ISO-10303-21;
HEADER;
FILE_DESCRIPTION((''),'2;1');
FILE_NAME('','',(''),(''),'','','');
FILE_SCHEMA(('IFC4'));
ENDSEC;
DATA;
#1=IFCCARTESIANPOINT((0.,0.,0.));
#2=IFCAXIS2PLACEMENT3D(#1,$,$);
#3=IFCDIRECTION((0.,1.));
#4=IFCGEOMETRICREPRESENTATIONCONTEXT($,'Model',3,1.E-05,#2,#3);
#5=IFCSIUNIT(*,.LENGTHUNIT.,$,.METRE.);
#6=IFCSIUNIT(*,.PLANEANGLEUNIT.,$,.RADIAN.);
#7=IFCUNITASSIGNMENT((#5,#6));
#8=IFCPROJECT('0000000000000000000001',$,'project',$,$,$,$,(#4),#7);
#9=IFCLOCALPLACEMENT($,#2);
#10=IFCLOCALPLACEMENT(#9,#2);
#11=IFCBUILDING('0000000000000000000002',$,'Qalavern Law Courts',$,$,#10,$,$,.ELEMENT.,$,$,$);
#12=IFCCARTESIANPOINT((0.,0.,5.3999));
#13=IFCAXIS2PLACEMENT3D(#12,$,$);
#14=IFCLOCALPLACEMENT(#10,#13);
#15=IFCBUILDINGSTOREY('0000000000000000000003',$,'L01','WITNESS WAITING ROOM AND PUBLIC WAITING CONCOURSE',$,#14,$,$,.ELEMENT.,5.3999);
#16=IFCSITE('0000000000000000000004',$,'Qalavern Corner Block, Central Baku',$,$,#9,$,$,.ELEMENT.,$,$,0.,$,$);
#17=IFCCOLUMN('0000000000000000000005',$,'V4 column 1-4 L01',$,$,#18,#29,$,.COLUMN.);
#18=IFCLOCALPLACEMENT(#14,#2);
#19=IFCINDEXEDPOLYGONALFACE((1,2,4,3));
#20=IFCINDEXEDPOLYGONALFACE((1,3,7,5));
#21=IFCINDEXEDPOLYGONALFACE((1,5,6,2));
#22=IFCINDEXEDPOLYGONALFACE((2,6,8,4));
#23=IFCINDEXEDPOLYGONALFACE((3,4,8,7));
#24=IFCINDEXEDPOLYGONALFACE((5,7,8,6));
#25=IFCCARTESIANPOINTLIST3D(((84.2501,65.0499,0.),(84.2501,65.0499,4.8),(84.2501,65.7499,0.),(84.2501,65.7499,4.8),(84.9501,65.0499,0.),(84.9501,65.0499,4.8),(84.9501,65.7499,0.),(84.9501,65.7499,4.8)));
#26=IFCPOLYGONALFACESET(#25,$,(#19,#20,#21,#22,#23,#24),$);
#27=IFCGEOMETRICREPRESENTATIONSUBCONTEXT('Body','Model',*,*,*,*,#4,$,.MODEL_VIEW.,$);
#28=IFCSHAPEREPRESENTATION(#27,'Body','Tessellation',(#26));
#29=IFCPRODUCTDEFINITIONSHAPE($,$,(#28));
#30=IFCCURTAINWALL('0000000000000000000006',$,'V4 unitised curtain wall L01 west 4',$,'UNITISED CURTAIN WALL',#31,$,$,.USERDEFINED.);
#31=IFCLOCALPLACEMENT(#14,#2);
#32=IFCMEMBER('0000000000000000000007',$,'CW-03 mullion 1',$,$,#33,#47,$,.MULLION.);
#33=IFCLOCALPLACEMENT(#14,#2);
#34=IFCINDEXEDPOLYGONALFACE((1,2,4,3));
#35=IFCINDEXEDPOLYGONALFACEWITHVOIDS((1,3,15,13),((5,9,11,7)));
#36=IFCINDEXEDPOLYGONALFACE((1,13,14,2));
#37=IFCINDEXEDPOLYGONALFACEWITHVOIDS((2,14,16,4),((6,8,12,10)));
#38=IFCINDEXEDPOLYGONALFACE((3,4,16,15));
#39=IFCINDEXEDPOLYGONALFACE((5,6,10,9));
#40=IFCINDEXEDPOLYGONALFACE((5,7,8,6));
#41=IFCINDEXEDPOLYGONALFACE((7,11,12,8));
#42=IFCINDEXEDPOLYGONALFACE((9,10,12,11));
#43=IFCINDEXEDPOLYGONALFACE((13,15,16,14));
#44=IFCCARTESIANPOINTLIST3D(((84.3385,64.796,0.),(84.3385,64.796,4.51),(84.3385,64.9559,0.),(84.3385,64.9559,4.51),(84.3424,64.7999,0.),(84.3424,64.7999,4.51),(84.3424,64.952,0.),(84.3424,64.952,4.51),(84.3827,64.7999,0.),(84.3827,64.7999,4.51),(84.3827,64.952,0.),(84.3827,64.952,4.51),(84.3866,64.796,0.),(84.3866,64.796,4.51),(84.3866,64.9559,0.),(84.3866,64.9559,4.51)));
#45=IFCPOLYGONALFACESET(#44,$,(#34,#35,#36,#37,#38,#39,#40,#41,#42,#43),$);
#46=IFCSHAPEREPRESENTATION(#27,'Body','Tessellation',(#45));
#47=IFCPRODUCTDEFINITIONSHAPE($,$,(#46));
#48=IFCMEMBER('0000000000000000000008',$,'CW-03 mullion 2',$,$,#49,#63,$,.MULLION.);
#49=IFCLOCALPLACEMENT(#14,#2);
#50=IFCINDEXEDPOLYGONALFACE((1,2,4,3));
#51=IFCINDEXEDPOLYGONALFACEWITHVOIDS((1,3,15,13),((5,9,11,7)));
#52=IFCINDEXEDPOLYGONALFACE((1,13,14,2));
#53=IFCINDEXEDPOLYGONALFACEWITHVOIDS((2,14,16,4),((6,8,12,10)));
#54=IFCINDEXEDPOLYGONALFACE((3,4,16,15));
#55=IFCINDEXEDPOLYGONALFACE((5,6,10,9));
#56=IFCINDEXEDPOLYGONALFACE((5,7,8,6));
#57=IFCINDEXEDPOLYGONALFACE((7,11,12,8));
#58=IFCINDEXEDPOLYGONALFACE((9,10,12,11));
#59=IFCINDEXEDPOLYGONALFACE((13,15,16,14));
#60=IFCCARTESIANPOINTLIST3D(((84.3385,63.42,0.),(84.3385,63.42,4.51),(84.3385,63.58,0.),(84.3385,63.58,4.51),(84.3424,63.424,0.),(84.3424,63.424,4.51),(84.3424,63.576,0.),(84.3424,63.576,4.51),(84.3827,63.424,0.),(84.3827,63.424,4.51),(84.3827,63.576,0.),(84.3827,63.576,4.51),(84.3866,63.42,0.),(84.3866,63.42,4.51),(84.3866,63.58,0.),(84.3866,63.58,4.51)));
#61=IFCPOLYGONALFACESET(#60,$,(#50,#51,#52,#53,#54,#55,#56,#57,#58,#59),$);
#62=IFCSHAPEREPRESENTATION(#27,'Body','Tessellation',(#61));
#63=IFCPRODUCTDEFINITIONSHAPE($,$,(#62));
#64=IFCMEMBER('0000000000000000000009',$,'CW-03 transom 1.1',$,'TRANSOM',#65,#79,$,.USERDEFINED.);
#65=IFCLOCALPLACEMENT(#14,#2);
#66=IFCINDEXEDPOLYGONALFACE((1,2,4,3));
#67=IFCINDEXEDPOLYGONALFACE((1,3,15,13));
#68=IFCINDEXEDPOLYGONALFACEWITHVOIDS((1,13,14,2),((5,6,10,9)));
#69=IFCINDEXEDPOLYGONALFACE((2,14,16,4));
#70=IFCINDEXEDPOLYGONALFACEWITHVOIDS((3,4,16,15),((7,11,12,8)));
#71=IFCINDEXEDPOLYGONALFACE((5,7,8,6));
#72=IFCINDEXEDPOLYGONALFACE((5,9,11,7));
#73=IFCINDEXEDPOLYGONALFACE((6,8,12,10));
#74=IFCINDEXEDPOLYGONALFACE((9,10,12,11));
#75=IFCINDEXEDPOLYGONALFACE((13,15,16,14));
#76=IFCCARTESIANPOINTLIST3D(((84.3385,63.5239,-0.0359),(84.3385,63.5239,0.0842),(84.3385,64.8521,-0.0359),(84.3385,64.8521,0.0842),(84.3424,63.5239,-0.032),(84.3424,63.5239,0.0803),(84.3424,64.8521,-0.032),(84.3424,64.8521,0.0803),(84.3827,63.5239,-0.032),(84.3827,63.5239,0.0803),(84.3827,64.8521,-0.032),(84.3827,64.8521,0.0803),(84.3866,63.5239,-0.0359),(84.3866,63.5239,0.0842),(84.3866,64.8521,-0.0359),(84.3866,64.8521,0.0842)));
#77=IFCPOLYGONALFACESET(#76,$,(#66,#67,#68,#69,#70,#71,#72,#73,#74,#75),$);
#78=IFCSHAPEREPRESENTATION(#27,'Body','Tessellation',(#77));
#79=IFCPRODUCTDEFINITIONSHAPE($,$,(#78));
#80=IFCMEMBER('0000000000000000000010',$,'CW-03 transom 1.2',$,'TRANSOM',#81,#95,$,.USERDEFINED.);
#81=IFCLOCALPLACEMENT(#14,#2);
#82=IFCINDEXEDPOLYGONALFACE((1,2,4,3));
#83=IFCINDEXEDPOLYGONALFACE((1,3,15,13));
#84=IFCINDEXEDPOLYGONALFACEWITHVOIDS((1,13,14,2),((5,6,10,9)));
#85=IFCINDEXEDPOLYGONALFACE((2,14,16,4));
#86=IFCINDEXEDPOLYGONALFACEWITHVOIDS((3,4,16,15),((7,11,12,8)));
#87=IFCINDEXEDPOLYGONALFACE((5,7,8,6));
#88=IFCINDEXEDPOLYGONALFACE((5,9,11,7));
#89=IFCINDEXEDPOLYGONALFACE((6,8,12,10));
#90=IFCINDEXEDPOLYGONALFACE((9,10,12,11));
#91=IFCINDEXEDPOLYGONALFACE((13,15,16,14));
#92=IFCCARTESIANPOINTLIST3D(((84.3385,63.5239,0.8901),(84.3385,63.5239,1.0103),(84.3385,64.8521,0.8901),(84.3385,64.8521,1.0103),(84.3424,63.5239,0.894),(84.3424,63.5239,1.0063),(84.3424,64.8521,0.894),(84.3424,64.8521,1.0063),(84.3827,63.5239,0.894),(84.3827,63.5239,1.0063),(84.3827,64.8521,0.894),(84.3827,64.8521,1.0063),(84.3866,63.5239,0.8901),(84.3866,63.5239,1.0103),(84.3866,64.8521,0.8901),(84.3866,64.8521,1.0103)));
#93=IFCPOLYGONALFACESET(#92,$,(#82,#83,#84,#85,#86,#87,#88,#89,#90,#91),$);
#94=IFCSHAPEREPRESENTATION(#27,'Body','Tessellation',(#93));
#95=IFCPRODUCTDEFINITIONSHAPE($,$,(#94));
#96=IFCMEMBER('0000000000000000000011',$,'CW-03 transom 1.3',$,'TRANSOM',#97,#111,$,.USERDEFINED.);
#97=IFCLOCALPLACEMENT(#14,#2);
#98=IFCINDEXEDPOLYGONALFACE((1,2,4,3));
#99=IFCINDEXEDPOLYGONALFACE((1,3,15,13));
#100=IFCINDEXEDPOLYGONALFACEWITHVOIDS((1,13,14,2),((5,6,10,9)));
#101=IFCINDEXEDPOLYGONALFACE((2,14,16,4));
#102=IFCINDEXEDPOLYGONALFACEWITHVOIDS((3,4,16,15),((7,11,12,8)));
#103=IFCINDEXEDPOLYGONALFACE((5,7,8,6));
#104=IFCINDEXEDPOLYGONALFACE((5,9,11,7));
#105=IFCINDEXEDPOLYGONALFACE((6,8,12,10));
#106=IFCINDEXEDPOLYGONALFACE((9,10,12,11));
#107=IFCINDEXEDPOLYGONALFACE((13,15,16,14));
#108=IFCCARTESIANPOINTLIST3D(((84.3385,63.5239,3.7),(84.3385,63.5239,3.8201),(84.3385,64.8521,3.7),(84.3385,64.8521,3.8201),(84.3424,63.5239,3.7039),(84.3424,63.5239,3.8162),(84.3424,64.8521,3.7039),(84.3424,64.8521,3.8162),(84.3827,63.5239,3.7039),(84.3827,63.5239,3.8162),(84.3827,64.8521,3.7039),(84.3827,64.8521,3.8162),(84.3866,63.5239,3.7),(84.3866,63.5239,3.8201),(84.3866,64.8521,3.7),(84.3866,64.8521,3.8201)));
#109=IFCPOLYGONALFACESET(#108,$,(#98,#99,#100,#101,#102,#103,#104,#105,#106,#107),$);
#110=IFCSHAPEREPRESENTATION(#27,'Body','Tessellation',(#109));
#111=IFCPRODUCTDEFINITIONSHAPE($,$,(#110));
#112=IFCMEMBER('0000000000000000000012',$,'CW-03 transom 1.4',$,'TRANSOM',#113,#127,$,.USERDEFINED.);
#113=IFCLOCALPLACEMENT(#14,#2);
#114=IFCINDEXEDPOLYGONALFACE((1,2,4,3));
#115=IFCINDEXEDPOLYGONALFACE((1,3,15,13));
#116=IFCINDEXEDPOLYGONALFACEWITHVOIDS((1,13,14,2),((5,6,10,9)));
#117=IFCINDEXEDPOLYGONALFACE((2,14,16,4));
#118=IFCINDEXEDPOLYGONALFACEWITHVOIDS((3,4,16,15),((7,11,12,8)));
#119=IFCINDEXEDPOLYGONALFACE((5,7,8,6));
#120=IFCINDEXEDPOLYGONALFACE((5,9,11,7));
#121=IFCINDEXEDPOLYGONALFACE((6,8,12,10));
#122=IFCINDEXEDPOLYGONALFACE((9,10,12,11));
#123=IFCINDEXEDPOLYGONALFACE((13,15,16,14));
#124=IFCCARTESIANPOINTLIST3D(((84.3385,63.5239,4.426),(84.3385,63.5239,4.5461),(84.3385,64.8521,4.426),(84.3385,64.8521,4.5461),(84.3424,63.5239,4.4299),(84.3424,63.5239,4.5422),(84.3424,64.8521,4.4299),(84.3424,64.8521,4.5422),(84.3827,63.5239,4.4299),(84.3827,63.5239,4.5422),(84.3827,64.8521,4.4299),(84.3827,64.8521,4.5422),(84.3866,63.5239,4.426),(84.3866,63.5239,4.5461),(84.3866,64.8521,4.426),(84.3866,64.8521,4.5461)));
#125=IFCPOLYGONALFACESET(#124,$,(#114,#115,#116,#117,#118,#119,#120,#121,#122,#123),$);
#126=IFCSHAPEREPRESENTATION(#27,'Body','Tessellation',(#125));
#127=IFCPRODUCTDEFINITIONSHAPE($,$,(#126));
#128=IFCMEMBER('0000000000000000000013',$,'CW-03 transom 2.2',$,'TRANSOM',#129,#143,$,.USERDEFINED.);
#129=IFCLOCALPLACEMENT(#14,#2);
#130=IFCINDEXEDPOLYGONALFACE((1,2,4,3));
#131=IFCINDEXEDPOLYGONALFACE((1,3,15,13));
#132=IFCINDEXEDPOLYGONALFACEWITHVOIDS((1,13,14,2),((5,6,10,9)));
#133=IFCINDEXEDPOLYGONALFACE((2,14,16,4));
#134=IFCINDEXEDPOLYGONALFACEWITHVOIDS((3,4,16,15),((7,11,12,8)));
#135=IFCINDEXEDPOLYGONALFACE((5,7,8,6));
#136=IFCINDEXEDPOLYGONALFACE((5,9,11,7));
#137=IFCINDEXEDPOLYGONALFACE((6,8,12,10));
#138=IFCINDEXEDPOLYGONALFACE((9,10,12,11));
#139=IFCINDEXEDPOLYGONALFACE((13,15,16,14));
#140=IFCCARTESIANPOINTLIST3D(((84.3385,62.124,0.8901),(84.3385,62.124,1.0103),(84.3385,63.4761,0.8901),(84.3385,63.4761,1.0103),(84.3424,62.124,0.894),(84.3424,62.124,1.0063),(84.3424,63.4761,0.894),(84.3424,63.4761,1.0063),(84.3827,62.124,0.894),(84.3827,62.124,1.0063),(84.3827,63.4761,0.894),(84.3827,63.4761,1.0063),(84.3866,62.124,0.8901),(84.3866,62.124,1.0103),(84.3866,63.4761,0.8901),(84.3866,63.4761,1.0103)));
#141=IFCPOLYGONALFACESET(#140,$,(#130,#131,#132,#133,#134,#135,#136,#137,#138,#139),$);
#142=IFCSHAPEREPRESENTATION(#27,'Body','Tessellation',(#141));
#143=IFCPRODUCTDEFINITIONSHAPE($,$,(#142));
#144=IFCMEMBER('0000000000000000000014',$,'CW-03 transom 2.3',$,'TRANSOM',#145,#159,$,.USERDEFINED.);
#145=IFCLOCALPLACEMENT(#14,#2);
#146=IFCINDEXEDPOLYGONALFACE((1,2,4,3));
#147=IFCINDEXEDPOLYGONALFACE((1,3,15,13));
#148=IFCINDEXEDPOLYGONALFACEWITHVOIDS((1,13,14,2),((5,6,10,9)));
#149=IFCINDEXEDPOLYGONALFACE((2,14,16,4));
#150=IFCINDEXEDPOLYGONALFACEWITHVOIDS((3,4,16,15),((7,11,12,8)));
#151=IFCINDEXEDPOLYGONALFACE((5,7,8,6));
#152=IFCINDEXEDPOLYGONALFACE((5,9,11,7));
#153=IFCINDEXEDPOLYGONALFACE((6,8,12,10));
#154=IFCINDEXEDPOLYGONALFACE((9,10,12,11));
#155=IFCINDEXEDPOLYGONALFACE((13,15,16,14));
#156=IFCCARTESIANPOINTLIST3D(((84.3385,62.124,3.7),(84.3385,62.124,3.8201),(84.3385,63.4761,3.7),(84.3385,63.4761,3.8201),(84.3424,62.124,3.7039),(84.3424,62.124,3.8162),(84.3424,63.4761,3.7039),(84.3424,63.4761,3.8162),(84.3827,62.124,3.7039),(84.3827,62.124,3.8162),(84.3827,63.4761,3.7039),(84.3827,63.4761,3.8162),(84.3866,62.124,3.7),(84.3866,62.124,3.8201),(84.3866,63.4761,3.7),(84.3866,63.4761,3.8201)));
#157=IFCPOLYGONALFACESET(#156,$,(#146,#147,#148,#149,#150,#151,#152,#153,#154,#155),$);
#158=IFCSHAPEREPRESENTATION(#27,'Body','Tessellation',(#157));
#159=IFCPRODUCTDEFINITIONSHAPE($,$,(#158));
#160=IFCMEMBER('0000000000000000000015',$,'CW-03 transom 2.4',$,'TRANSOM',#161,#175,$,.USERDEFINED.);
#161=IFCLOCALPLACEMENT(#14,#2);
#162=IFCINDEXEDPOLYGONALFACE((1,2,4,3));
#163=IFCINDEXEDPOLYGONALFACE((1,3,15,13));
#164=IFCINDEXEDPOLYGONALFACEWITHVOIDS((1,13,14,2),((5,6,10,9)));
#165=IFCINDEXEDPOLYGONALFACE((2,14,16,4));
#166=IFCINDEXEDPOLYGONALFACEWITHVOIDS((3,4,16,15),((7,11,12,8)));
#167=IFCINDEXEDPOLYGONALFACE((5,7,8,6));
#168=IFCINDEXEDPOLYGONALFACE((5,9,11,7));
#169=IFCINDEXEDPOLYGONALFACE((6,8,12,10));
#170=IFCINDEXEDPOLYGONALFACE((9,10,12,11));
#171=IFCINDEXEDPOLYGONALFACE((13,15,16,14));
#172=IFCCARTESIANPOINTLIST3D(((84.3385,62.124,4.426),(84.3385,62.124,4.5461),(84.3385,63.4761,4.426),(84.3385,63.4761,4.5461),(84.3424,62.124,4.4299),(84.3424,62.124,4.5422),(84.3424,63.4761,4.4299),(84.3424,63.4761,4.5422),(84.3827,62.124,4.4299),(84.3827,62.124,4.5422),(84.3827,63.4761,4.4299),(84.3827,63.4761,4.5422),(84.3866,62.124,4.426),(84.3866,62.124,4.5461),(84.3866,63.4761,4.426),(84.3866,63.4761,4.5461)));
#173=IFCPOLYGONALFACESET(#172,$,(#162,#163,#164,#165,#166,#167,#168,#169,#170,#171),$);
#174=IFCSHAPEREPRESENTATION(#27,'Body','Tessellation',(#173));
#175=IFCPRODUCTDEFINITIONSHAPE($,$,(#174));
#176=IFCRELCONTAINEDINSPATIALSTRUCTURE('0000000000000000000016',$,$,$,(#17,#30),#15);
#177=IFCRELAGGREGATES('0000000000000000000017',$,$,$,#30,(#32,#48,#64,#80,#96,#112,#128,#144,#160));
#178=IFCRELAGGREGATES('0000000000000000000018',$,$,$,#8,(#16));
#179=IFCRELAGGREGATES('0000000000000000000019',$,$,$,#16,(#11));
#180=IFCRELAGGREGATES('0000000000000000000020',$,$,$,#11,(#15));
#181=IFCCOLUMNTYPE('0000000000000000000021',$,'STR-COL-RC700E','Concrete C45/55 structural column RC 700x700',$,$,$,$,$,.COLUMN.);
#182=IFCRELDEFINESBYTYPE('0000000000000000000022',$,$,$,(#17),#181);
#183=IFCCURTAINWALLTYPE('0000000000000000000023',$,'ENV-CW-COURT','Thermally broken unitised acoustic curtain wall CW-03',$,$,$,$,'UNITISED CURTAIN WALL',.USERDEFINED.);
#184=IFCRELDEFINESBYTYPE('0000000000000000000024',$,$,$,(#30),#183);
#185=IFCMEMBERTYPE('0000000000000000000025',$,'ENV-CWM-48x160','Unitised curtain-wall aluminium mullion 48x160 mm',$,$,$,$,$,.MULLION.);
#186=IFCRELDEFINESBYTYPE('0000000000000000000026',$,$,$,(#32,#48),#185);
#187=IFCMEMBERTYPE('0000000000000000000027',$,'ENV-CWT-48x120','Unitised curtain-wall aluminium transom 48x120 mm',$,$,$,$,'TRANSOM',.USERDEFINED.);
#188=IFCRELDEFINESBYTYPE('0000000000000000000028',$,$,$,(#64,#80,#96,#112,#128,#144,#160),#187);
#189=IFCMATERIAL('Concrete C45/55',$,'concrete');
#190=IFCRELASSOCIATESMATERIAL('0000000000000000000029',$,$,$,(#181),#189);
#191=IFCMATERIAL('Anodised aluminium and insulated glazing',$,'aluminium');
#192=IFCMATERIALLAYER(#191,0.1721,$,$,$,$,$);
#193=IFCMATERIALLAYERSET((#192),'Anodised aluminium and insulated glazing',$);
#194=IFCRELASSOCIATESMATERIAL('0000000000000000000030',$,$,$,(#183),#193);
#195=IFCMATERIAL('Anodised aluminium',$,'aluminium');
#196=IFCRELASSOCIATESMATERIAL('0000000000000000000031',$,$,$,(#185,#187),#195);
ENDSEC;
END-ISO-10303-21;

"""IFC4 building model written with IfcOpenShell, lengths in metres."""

from ifc_helpers import new_model, si_unit, direction, frame, origin, origin_2d, place, context, subcontext, project, spatial, rectangle, hollow_rectangle, extrude, material, layer, layer_set, material_profile, profile_set, type_object, element, aggregate, save


model = new_model("IFC4")

# Units and contexts
model_context = context("Model", 3, precision=1e-05, world=origin(), true_north=direction((0.0, 1.0)))
body_context = subcontext(model_context, "Body", "Model", "MODEL_VIEW")
ifc_project = project(units=[si_unit("LENGTHUNIT", "METRE"), si_unit("PLANEANGLEUNIT", "RADIAN")], contexts=[model_context])

# Site, building, storey
site_placement = place(None, origin())
site = spatial("IfcSite", under=ifc_project, at=site_placement, Name="Qalavern Corner Block, Central Baku", CompositionType="ELEMENT", RefElevation=0.0)
building_placement = place(site_placement, origin())
building = spatial("IfcBuilding", under=site, at=building_placement, Name="Qalavern Law Courts", CompositionType="ELEMENT")
storey_placement = place(building_placement, frame((0.0, 0.0, 5.3999)))
storey = spatial("IfcBuildingStorey", under=building, at=storey_placement, Name="L01", Description="WITNESS WAITING ROOM AND PUBLIC WAITING CONCOURSE", CompositionType="ELEMENT", Elevation=5.3999)

# Column
ifc_material_1 = material(Name="Concrete C45/55", Category="concrete")
ifc_material_profile_1 = material_profile(ifc_material_1, rectangle(XDim=0.7, YDim=0.7, at=origin_2d()), Name="RC 700x700")
ifc_profile_set_1 = profile_set([ifc_material_profile_1], Name="Concrete C45/55")
column_type = type_object("IfcColumnType", Name="STR-COL-RC700E", Description="Concrete C45/55 structural column RC 700x700", PredefinedType="COLUMN", material=ifc_profile_set_1)
column_placement = place(storey_placement, frame((84.6001, 65.3999, 0.0), z_axis=(0.0, 0.0, 1.0), x_axis=(1.0, 0.0, 0.0)))
element("IfcColumn", 1, at=column_placement, inside=storey, type_object=column_type, Name="V4 column 1-4 L01", PredefinedType="COLUMN", context=body_context, shape_type="SweptSolid", body=[
    extrude(rectangle(XDim=0.7, YDim=0.7, at=origin_2d()), origin(), (0.0, 0.0, 1.0), 4.8),
])

# Curtain wall, members
ifc_material_2 = material(Name="Anodised aluminium and insulated glazing", Category="aluminium")
ifc_layer_1 = layer(ifc_material_2, 0.1721)
ifc_layer_set_1 = layer_set([ifc_layer_1], Name="Anodised aluminium and insulated glazing")
curtain_wall_type = type_object("IfcCurtainWallType", Name="ENV-CW-COURT", Description="Thermally broken unitised acoustic curtain wall CW-03", ElementType="UNITISED CURTAIN WALL", PredefinedType="USERDEFINED", material=ifc_layer_set_1)
curtain_wall_placement = place(storey_placement, origin())
curtain_wall = element("IfcCurtainWall", 2, at=curtain_wall_placement, inside=storey, type_object=curtain_wall_type, Name="V4 unitised curtain wall L01 west 4", ObjectType="UNITISED CURTAIN WALL", PredefinedType="USERDEFINED")
ifc_material_3 = material(Name="Anodised aluminium", Category="aluminium")
ifc_material_profile_2 = material_profile(ifc_material_3, hollow_rectangle(XDim=0.0481, YDim=0.1599, WallThickness=0.0039, at=origin_2d()), Name="ALU MULLION 48x160")
ifc_profile_set_2 = profile_set([ifc_material_profile_2], Name="Anodised aluminium")
member_type_1 = type_object("IfcMemberType", Name="ENV-CWM-48x160", Description="Unitised curtain-wall aluminium mullion 48x160 mm", PredefinedType="MULLION", material=ifc_profile_set_2)
member_1_placement = place(storey_placement, frame((84.3625, 64.876, 0.0), z_axis=(0.0, 0.0, 1.0), x_axis=(1.0, 0.0, 0.0)))
member_1 = element("IfcMember", 3, at=member_1_placement, type_object=member_type_1, Name="CW-03 mullion 1", PredefinedType="MULLION", context=body_context, shape_type="SweptSolid", body=[
    extrude(hollow_rectangle(XDim=0.0481, YDim=0.1599, WallThickness=0.0039, at=origin_2d()), origin(), (0.0, 0.0, 1.0), 4.51),
])
member_2_placement = place(storey_placement, frame((84.3625, 63.5, 0.0), z_axis=(0.0, 0.0, 1.0), x_axis=(1.0, 0.0, 0.0)))
member_2 = element("IfcMember", 4, at=member_2_placement, type_object=member_type_1, Name="CW-03 mullion 2", PredefinedType="MULLION", context=body_context, shape_type="SweptSolid", body=[
    extrude(hollow_rectangle(XDim=0.0481, YDim=0.1599, WallThickness=0.0039, at=origin_2d()), origin(), (0.0, 0.0, 1.0), 4.51),
])
ifc_material_profile_3 = material_profile(ifc_material_3, hollow_rectangle(XDim=0.0481, YDim=0.1201, WallThickness=0.0039, at=origin_2d()), Name="ALU TRANSOM 48x120")
ifc_profile_set_3 = profile_set([ifc_material_profile_3], Name="Anodised aluminium")
member_type_2 = type_object("IfcMemberType", Name="ENV-CWT-48x120", Description="Unitised curtain-wall aluminium transom 48x120 mm", ElementType="TRANSOM", PredefinedType="USERDEFINED", material=ifc_profile_set_3)
member_3_placement = place(storey_placement, frame((84.3625, 64.8521, 0.0242), z_axis=(0.0, -1.0, 0.0), x_axis=(1.0, 0.0, 0.0)))
member_3 = element("IfcMember", 5, at=member_3_placement, type_object=member_type_2, Name="CW-03 transom 1.1", ObjectType="TRANSOM", PredefinedType="USERDEFINED", context=body_context, shape_type="SweptSolid", body=[
    extrude(hollow_rectangle(XDim=0.0481, YDim=0.1201, WallThickness=0.0039, at=origin_2d()), origin(), (0.0, 0.0, 1.0), 1.3281),
])
member_4_placement = place(storey_placement, frame((84.3625, 64.8521, 0.9502), z_axis=(0.0, -1.0, 0.0), x_axis=(1.0, 0.0, 0.0)))
member_4 = element("IfcMember", 6, at=member_4_placement, type_object=member_type_2, Name="CW-03 transom 1.2", ObjectType="TRANSOM", PredefinedType="USERDEFINED", context=body_context, shape_type="SweptSolid", body=[
    extrude(hollow_rectangle(XDim=0.0481, YDim=0.1201, WallThickness=0.0039, at=origin_2d()), origin(), (0.0, 0.0, 1.0), 1.3281),
])
member_5_placement = place(storey_placement, frame((84.3625, 64.8521, 3.76), z_axis=(0.0, -1.0, 0.0), x_axis=(1.0, 0.0, 0.0)))
member_5 = element("IfcMember", 7, at=member_5_placement, type_object=member_type_2, Name="CW-03 transom 1.3", ObjectType="TRANSOM", PredefinedType="USERDEFINED", context=body_context, shape_type="SweptSolid", body=[
    extrude(hollow_rectangle(XDim=0.0481, YDim=0.1201, WallThickness=0.0039, at=origin_2d()), origin(), (0.0, 0.0, 1.0), 1.3281),
])
member_6_placement = place(storey_placement, frame((84.3625, 64.8521, 4.4861), z_axis=(0.0, -1.0, 0.0), x_axis=(1.0, 0.0, 0.0)))
member_6 = element("IfcMember", 8, at=member_6_placement, type_object=member_type_2, Name="CW-03 transom 1.4", ObjectType="TRANSOM", PredefinedType="USERDEFINED", context=body_context, shape_type="SweptSolid", body=[
    extrude(hollow_rectangle(XDim=0.0481, YDim=0.1201, WallThickness=0.0039, at=origin_2d()), origin(), (0.0, 0.0, 1.0), 1.3281),
])
member_7_placement = place(storey_placement, frame((84.3625, 63.4761, 0.9502), z_axis=(0.0, -1.0, 0.0), x_axis=(1.0, 0.0, 0.0)))
member_7 = element("IfcMember", 9, at=member_7_placement, type_object=member_type_2, Name="CW-03 transom 2.2", ObjectType="TRANSOM", PredefinedType="USERDEFINED", context=body_context, shape_type="SweptSolid", body=[
    extrude(hollow_rectangle(XDim=0.0481, YDim=0.1201, WallThickness=0.0039, at=origin_2d()), origin(), (0.0, 0.0, 1.0), 1.3521),
])
member_8_placement = place(storey_placement, frame((84.3625, 63.4761, 3.76), z_axis=(0.0, -1.0, 0.0), x_axis=(1.0, 0.0, 0.0)))
member_8 = element("IfcMember", 10, at=member_8_placement, type_object=member_type_2, Name="CW-03 transom 2.3", ObjectType="TRANSOM", PredefinedType="USERDEFINED", context=body_context, shape_type="SweptSolid", body=[
    extrude(hollow_rectangle(XDim=0.0481, YDim=0.1201, WallThickness=0.0039, at=origin_2d()), origin(), (0.0, 0.0, 1.0), 1.3521),
])
member_9_placement = place(storey_placement, frame((84.3625, 63.4761, 4.4861), z_axis=(0.0, -1.0, 0.0), x_axis=(1.0, 0.0, 0.0)))
member_9 = element("IfcMember", 11, at=member_9_placement, type_object=member_type_2, Name="CW-03 transom 2.4", ObjectType="TRANSOM", PredefinedType="USERDEFINED", context=body_context, shape_type="SweptSolid", body=[
    extrude(hollow_rectangle(XDim=0.0481, YDim=0.1201, WallThickness=0.0039, at=origin_2d()), origin(), (0.0, 0.0, 1.0), 1.3521),
])

aggregate(curtain_wall, [member_1, member_2, member_3, member_4, member_5, member_6, member_7, member_8, member_9])

save(model, "model.ifc")
